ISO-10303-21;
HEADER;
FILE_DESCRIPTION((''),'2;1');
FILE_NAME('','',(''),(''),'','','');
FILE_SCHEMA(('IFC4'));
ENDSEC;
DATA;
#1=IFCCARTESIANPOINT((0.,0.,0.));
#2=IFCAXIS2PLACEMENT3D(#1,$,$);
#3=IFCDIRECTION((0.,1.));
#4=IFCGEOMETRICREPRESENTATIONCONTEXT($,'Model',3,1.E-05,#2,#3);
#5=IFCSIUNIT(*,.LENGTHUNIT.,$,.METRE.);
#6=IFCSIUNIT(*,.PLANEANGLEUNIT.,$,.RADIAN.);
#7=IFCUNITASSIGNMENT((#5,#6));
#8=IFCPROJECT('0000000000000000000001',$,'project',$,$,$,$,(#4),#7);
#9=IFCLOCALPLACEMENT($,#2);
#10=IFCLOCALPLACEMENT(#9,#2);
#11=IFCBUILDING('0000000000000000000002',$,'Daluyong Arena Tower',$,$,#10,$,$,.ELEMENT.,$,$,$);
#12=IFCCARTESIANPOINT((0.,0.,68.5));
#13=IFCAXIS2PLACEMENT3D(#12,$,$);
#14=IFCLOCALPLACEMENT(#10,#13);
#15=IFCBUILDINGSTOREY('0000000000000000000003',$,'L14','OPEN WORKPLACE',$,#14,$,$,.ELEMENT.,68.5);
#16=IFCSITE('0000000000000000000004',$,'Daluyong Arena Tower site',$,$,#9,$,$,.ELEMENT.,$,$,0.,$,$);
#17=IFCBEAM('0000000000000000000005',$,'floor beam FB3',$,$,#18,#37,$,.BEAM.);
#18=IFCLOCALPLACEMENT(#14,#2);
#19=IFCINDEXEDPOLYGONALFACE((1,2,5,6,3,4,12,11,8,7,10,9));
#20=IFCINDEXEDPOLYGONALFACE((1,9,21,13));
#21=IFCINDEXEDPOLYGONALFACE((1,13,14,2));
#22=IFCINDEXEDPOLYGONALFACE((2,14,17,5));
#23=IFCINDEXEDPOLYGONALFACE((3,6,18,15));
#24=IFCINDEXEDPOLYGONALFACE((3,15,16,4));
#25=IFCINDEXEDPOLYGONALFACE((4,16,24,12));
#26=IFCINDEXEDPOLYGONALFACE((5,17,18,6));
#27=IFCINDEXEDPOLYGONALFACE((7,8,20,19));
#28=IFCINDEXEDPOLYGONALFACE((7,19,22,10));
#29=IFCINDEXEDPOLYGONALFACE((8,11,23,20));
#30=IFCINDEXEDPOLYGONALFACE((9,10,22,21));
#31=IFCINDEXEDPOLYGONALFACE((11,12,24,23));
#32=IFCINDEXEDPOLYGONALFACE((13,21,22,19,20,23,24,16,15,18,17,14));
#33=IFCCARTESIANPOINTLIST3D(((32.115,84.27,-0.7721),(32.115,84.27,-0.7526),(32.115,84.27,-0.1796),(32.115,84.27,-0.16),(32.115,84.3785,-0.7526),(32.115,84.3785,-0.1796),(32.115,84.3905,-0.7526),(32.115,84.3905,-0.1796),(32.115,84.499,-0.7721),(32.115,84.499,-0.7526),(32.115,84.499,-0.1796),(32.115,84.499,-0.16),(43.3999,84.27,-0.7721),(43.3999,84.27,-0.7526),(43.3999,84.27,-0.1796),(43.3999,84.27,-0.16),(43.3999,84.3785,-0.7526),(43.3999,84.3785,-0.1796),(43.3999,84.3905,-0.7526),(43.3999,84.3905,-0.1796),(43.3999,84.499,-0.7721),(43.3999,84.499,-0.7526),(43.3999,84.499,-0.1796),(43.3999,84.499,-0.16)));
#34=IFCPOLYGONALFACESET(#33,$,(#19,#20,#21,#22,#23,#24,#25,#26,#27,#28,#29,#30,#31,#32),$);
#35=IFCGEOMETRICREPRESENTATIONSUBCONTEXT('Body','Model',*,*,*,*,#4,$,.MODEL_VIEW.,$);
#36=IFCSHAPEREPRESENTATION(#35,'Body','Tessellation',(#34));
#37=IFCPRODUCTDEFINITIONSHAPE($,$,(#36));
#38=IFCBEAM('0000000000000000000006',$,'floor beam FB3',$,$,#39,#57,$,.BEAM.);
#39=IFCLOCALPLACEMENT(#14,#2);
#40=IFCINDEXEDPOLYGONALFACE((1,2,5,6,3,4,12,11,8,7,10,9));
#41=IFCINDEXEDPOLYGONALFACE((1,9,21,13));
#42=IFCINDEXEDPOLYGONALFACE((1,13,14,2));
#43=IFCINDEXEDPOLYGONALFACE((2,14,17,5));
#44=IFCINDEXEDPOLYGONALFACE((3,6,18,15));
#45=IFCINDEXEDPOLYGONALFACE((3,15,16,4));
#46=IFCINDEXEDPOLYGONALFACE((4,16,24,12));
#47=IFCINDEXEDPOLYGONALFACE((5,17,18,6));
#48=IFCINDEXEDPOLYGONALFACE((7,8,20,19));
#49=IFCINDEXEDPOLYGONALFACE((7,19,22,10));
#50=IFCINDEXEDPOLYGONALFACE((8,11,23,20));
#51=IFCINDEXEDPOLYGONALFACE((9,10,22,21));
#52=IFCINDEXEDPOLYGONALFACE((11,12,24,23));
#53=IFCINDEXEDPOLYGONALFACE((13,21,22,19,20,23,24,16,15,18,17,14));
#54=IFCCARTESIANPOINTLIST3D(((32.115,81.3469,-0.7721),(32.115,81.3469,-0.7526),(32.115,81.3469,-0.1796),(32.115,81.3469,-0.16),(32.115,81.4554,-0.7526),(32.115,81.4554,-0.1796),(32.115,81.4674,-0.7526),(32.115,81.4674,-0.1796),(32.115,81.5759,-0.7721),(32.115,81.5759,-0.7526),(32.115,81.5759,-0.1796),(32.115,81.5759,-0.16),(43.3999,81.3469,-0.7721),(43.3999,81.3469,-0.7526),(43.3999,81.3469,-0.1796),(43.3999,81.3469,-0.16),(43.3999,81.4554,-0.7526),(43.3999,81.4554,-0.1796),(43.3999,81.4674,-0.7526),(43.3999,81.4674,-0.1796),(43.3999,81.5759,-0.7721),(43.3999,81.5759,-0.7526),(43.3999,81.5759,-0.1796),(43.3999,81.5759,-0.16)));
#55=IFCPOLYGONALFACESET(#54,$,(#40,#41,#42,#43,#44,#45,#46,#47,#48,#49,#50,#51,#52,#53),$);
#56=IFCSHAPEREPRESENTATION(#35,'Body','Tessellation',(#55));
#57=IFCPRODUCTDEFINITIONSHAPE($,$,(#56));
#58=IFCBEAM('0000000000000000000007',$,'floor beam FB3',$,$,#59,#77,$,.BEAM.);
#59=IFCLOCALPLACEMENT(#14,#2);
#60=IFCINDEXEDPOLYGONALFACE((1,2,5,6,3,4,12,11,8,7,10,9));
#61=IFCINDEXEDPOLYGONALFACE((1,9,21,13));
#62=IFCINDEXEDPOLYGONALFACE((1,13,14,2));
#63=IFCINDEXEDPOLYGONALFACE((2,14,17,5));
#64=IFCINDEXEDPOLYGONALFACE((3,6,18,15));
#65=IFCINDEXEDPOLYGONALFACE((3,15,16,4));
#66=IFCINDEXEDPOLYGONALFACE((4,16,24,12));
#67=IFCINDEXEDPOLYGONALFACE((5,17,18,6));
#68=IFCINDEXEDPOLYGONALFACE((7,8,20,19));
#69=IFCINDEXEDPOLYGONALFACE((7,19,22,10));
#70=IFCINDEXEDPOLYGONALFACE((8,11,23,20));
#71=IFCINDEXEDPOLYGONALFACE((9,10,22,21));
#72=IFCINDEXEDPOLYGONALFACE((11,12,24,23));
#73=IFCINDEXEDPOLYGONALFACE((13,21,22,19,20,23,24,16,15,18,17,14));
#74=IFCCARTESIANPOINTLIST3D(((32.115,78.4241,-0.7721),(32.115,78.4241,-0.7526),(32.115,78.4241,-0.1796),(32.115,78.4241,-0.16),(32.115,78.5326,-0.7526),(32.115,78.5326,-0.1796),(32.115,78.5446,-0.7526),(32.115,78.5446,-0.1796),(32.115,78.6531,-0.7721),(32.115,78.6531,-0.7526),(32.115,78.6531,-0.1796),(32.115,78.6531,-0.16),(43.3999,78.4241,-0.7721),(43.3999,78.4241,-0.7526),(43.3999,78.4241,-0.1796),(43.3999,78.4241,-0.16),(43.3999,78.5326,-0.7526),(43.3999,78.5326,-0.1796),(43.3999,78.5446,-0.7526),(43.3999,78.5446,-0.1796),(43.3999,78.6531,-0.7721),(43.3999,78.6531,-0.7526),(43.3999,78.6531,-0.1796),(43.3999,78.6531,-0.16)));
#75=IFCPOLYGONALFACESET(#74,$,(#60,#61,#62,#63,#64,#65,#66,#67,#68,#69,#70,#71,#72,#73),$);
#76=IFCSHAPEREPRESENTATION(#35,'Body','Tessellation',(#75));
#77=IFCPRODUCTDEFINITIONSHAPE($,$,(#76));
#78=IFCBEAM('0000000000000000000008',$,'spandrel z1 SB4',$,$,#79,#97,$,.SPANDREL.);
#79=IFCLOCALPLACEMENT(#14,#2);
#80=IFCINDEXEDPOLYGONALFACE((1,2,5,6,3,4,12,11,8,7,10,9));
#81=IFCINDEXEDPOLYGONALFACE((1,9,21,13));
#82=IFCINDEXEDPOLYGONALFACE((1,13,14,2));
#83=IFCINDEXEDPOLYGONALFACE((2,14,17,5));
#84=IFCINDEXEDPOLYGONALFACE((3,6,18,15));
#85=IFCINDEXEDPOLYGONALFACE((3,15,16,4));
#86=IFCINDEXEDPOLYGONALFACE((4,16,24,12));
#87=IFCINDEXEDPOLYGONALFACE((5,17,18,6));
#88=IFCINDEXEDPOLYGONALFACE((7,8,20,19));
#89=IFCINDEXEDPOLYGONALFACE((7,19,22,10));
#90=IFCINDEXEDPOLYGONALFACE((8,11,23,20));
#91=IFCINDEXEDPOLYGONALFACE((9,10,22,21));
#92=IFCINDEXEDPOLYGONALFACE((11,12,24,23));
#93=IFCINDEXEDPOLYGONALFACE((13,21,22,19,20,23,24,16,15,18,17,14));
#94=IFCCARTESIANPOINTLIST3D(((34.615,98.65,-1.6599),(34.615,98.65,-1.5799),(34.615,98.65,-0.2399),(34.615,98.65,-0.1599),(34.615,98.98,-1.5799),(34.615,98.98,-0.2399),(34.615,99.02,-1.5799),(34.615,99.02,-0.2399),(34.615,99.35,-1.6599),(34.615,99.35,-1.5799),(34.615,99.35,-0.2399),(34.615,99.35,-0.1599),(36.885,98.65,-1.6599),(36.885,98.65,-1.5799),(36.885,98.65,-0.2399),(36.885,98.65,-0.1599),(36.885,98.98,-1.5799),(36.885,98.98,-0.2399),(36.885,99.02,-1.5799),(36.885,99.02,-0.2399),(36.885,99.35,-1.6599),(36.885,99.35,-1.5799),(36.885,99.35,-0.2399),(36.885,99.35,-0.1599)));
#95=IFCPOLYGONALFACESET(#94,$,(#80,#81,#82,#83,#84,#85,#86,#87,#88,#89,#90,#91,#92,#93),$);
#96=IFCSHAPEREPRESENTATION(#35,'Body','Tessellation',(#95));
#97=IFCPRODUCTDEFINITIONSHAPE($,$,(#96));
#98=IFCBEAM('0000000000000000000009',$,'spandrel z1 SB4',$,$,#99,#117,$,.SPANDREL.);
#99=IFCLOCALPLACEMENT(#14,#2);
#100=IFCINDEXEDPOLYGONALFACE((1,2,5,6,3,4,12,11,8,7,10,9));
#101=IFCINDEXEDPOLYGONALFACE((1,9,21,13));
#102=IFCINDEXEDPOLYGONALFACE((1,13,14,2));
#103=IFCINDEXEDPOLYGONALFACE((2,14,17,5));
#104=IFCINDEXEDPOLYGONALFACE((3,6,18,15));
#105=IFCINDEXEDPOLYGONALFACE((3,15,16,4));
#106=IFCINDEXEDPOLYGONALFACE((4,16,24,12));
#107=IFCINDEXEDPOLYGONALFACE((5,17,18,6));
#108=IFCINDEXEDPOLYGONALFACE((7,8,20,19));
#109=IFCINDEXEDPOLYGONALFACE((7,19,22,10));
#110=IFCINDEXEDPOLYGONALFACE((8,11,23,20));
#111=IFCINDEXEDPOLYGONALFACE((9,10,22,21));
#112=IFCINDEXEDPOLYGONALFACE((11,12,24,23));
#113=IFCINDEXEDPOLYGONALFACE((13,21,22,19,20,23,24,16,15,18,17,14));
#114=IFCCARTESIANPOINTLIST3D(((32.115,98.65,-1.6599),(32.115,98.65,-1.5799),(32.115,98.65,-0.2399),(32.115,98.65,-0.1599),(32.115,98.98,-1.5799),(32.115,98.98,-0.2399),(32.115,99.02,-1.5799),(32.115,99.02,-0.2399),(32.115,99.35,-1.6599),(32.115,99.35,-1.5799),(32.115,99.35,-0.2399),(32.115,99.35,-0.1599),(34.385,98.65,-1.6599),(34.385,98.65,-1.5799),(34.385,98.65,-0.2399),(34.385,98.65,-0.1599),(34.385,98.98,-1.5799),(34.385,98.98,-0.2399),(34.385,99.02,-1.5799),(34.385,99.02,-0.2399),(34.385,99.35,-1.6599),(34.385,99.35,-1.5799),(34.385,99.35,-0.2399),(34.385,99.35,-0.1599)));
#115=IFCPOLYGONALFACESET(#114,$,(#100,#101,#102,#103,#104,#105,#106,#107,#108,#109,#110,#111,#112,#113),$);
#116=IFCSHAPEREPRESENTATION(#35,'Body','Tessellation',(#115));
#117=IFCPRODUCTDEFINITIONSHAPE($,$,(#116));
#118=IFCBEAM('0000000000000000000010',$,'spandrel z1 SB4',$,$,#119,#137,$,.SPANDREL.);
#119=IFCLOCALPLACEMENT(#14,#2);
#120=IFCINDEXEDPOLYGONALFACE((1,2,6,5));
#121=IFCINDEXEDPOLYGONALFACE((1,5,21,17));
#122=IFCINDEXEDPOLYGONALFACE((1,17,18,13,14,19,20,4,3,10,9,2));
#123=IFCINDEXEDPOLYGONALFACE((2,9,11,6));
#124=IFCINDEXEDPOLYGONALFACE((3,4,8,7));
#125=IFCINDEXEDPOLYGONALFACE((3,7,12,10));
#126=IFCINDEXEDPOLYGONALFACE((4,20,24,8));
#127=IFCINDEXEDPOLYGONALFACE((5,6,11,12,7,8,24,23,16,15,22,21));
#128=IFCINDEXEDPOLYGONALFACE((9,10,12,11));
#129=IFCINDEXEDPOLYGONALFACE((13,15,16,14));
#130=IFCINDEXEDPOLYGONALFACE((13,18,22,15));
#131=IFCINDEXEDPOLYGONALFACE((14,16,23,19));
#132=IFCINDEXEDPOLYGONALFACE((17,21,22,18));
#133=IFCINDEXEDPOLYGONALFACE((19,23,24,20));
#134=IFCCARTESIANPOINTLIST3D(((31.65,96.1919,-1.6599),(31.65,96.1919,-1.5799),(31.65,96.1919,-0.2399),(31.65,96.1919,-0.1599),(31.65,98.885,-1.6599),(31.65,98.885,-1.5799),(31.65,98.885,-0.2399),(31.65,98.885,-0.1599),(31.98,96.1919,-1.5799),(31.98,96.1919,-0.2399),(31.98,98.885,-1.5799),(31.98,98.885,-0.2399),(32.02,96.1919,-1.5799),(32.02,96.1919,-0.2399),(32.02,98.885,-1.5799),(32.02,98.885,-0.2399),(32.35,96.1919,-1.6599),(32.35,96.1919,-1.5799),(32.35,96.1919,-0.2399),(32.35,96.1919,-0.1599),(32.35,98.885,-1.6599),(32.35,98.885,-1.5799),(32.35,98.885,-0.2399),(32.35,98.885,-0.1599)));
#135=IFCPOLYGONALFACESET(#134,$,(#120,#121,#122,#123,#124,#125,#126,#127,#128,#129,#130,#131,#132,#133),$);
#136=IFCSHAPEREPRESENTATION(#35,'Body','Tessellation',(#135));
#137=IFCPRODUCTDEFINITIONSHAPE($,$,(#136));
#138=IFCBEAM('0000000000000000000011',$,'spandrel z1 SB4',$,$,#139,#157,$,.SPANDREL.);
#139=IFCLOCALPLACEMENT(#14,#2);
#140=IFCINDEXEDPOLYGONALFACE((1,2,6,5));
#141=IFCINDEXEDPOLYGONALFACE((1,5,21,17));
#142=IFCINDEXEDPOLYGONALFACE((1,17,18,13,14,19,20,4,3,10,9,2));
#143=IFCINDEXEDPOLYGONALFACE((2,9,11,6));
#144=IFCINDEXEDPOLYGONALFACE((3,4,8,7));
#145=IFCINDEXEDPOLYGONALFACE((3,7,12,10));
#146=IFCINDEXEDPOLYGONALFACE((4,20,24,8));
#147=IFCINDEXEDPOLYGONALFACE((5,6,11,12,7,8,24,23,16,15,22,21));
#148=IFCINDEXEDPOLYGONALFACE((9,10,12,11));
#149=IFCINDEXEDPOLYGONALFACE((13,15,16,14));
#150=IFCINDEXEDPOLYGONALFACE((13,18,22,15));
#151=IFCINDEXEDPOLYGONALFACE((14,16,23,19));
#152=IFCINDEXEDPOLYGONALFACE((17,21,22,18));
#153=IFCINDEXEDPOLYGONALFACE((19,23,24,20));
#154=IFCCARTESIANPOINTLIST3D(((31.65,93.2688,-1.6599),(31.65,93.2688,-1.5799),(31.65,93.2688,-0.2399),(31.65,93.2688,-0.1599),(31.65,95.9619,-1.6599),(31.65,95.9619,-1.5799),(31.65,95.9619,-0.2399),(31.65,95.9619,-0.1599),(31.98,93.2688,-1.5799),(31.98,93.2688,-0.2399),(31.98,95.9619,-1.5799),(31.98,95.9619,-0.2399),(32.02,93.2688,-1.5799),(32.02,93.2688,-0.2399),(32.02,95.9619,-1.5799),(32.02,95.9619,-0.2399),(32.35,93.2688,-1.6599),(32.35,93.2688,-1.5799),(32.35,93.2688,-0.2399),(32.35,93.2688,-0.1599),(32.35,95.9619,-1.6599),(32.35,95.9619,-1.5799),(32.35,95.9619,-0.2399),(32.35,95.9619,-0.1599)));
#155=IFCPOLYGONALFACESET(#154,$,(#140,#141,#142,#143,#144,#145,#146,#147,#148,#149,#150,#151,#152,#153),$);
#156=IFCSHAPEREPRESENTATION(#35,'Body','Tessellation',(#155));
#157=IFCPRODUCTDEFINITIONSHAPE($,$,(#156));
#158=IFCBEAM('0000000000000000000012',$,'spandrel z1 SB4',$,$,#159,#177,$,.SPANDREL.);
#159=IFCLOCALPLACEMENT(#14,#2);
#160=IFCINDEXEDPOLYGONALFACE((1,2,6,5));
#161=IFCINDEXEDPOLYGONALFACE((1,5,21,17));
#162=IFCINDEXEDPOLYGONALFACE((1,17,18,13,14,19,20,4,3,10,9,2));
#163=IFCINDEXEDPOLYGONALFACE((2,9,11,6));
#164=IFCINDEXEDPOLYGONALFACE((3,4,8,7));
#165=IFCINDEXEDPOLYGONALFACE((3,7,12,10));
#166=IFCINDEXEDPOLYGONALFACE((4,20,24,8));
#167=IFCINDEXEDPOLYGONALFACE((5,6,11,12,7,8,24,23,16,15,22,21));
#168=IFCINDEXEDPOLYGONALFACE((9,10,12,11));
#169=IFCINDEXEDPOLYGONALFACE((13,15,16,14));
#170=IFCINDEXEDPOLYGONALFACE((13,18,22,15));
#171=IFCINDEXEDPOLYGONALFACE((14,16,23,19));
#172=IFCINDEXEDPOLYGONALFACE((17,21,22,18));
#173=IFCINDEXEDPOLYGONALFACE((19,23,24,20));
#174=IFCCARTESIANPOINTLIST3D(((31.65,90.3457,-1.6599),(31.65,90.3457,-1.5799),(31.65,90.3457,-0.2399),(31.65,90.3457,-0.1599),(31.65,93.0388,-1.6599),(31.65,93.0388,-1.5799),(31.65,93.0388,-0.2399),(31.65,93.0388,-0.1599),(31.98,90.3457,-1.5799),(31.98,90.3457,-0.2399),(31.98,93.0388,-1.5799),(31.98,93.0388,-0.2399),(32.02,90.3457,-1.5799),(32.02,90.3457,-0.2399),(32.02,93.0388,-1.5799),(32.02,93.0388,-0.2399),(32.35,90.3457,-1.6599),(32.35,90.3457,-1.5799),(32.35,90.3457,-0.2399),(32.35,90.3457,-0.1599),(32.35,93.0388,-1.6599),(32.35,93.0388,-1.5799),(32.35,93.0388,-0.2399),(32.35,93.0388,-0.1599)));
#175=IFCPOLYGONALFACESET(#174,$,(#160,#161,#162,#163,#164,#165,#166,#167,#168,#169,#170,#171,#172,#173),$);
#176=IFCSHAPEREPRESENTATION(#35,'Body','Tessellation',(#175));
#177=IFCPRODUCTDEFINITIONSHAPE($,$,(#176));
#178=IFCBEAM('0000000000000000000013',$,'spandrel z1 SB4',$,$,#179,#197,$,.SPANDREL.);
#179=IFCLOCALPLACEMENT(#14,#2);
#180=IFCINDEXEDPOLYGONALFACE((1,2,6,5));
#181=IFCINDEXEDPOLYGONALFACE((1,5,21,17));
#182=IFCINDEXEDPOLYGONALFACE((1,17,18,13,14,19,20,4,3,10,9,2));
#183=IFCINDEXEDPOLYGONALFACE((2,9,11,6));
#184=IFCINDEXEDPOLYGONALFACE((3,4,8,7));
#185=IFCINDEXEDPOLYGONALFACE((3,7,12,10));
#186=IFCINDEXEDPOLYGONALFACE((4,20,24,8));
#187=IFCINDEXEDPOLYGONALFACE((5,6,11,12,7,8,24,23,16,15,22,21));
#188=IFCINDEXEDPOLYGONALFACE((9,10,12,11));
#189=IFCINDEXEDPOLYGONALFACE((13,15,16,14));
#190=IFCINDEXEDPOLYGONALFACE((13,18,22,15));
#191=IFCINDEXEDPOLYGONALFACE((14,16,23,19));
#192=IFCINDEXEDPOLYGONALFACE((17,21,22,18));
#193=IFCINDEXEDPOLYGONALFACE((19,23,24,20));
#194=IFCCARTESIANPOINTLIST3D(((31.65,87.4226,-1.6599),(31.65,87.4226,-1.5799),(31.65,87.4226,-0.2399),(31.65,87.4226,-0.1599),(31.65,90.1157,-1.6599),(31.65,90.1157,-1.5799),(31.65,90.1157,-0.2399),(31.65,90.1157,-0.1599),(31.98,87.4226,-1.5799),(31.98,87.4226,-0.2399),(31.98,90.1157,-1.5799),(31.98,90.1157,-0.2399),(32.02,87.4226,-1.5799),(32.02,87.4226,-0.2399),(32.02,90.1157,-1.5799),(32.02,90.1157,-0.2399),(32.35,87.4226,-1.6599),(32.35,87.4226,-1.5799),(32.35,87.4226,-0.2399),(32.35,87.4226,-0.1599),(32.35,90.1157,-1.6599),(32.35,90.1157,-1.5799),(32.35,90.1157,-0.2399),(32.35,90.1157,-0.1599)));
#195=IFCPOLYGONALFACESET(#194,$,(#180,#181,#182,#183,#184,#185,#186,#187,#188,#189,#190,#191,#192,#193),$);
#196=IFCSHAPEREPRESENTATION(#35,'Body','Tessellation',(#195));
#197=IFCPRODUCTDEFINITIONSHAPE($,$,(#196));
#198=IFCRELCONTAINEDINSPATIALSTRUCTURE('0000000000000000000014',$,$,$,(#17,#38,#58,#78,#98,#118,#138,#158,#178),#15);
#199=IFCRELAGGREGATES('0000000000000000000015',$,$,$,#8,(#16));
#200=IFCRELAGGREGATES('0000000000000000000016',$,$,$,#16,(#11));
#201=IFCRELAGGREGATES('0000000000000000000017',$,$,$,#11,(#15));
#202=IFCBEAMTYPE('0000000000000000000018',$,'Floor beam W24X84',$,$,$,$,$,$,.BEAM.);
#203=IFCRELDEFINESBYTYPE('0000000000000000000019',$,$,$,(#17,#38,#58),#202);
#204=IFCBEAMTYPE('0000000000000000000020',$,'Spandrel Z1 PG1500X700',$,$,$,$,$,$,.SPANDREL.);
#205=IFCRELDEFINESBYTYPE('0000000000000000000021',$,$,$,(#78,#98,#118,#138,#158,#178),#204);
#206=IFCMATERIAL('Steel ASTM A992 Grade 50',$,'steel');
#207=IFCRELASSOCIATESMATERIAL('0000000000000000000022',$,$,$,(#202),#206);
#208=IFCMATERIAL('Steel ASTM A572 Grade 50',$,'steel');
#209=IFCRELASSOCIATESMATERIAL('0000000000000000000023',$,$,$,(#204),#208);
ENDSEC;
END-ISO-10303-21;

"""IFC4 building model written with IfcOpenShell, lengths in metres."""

from ifc_helpers import new_model, si_unit, direction, frame, origin, origin_2d, place, context, subcontext, project, spatial, i_section, extrude, material, material_profile, profile_set, type_object, element, save


model = new_model("IFC4")

# Units and contexts
model_context = context("Model", 3, precision=1e-05, world=origin(), true_north=direction((0.0, 1.0)))
body_context = subcontext(model_context, "Body", "Model", "MODEL_VIEW")
ifc_project = project(units=[si_unit("LENGTHUNIT", "METRE"), si_unit("PLANEANGLEUNIT", "RADIAN")], contexts=[model_context])

# Site, building, storey
site_placement = place(None, origin())
site = spatial("IfcSite", under=ifc_project, at=site_placement, Name="Daluyong Arena Tower site", CompositionType="ELEMENT", RefElevation=0.0)
building_placement = place(site_placement, origin())
building = spatial("IfcBuilding", under=site, at=building_placement, Name="Daluyong Arena Tower", CompositionType="ELEMENT")
storey_placement = place(building_placement, frame((0.0, 0.0, 68.5)))
storey = spatial("IfcBuildingStorey", under=building, at=storey_placement, Name="L14", Description="OPEN WORKPLACE", CompositionType="ELEMENT", Elevation=68.5)

# Beams
ifc_material_1 = material(Name="Steel ASTM A992 Grade 50", Category="steel")
ifc_material_profile_1 = material_profile(ifc_material_1, i_section(OverallWidth=0.229, OverallDepth=0.6121, WebThickness=0.012, FlangeThickness=0.0195, at=origin_2d()))
ifc_profile_set_1 = profile_set([ifc_material_profile_1], Name="Steel ASTM A992 Grade 50")
beam_type_1 = type_object("IfcBeamType", Name="Floor beam W24X84", PredefinedType="BEAM", material=ifc_profile_set_1)
for number, where, z_axis, x_axis, name in (
    (1, (32.115, 84.3845, -0.4661), (1.0, 0.0, 0.0), (0.0, 1.0, 0.0), "floor beam FB3"),
    (2, (32.115, 81.4614, -0.4661), (1.0, 0.0, 0.0), (0.0, 1.0, 0.0), "floor beam FB3"),
    (3, (32.115, 78.5386, -0.4661), (1.0, 0.0, 0.0), (0.0, 1.0, 0.0), "floor beam FB3"),
):
    element("IfcBeam", number, at=place(storey_placement, frame(where, z_axis=z_axis, x_axis=x_axis)), inside=storey, type_object=beam_type_1, Name=name, PredefinedType="BEAM", context=body_context, shape_type="SweptSolid", body=[
        extrude(i_section(OverallWidth=0.229, OverallDepth=0.6121, WebThickness=0.012, FlangeThickness=0.0195, at=origin_2d()), origin(), (0.0, 0.0, 1.0), 11.2849),
    ])
ifc_material_2 = material(Name="Steel ASTM A572 Grade 50", Category="steel")
ifc_material_profile_2 = material_profile(ifc_material_2, i_section(OverallWidth=0.7, OverallDepth=1.5, WebThickness=0.04, FlangeThickness=0.08, at=origin_2d()))
ifc_profile_set_2 = profile_set([ifc_material_profile_2], Name="Steel ASTM A572 Grade 50")
beam_type_2 = type_object("IfcBeamType", Name="Spandrel Z1 PG1500X700", PredefinedType="SPANDREL", material=ifc_profile_set_2)
for number, where, z_axis, x_axis, name in (
    (4, (36.885, 99.0, -0.9099), (-1.0, 0.0, 0.0), (0.0, -1.0, 0.0), "spandrel z1 SB4"),
    (5, (34.385, 99.0, -0.9099), (-1.0, 0.0, 0.0), (0.0, -1.0, 0.0), "spandrel z1 SB4"),
):
    element("IfcBeam", number, at=place(storey_placement, frame(where, z_axis=z_axis, x_axis=x_axis)), inside=storey, type_object=beam_type_2, Name=name, PredefinedType="SPANDREL", context=body_context, shape_type="SweptSolid", body=[
        extrude(i_section(OverallWidth=0.7, OverallDepth=1.5, WebThickness=0.04, FlangeThickness=0.08, at=origin_2d()), origin(), (0.0, 0.0, 1.0), 2.27),
    ])
for number, where, z_axis, x_axis, name in (
    (6, (32.0, 98.885, -0.9099), (0.0, -1.0, 0.0), (1.0, 0.0, 0.0), "spandrel z1 SB4"),
    (7, (32.0, 95.9619, -0.9099), (0.0, -1.0, 0.0), (1.0, 0.0, 0.0), "spandrel z1 SB4"),
    (8, (32.0, 93.0388, -0.9099), (0.0, -1.0, 0.0), (1.0, 0.0, 0.0), "spandrel z1 SB4"),
    (9, (32.0, 90.1157, -0.9099), (0.0, -1.0, 0.0), (1.0, 0.0, 0.0), "spandrel z1 SB4"),
):
    element("IfcBeam", number, at=place(storey_placement, frame(where, z_axis=z_axis, x_axis=x_axis)), inside=storey, type_object=beam_type_2, Name=name, PredefinedType="SPANDREL", context=body_context, shape_type="SweptSolid", body=[
        extrude(i_section(OverallWidth=0.7, OverallDepth=1.5, WebThickness=0.04, FlangeThickness=0.08, at=origin_2d()), origin(), (0.0, 0.0, 1.0), 2.6931),
    ])

save(model, "model.ifc")
